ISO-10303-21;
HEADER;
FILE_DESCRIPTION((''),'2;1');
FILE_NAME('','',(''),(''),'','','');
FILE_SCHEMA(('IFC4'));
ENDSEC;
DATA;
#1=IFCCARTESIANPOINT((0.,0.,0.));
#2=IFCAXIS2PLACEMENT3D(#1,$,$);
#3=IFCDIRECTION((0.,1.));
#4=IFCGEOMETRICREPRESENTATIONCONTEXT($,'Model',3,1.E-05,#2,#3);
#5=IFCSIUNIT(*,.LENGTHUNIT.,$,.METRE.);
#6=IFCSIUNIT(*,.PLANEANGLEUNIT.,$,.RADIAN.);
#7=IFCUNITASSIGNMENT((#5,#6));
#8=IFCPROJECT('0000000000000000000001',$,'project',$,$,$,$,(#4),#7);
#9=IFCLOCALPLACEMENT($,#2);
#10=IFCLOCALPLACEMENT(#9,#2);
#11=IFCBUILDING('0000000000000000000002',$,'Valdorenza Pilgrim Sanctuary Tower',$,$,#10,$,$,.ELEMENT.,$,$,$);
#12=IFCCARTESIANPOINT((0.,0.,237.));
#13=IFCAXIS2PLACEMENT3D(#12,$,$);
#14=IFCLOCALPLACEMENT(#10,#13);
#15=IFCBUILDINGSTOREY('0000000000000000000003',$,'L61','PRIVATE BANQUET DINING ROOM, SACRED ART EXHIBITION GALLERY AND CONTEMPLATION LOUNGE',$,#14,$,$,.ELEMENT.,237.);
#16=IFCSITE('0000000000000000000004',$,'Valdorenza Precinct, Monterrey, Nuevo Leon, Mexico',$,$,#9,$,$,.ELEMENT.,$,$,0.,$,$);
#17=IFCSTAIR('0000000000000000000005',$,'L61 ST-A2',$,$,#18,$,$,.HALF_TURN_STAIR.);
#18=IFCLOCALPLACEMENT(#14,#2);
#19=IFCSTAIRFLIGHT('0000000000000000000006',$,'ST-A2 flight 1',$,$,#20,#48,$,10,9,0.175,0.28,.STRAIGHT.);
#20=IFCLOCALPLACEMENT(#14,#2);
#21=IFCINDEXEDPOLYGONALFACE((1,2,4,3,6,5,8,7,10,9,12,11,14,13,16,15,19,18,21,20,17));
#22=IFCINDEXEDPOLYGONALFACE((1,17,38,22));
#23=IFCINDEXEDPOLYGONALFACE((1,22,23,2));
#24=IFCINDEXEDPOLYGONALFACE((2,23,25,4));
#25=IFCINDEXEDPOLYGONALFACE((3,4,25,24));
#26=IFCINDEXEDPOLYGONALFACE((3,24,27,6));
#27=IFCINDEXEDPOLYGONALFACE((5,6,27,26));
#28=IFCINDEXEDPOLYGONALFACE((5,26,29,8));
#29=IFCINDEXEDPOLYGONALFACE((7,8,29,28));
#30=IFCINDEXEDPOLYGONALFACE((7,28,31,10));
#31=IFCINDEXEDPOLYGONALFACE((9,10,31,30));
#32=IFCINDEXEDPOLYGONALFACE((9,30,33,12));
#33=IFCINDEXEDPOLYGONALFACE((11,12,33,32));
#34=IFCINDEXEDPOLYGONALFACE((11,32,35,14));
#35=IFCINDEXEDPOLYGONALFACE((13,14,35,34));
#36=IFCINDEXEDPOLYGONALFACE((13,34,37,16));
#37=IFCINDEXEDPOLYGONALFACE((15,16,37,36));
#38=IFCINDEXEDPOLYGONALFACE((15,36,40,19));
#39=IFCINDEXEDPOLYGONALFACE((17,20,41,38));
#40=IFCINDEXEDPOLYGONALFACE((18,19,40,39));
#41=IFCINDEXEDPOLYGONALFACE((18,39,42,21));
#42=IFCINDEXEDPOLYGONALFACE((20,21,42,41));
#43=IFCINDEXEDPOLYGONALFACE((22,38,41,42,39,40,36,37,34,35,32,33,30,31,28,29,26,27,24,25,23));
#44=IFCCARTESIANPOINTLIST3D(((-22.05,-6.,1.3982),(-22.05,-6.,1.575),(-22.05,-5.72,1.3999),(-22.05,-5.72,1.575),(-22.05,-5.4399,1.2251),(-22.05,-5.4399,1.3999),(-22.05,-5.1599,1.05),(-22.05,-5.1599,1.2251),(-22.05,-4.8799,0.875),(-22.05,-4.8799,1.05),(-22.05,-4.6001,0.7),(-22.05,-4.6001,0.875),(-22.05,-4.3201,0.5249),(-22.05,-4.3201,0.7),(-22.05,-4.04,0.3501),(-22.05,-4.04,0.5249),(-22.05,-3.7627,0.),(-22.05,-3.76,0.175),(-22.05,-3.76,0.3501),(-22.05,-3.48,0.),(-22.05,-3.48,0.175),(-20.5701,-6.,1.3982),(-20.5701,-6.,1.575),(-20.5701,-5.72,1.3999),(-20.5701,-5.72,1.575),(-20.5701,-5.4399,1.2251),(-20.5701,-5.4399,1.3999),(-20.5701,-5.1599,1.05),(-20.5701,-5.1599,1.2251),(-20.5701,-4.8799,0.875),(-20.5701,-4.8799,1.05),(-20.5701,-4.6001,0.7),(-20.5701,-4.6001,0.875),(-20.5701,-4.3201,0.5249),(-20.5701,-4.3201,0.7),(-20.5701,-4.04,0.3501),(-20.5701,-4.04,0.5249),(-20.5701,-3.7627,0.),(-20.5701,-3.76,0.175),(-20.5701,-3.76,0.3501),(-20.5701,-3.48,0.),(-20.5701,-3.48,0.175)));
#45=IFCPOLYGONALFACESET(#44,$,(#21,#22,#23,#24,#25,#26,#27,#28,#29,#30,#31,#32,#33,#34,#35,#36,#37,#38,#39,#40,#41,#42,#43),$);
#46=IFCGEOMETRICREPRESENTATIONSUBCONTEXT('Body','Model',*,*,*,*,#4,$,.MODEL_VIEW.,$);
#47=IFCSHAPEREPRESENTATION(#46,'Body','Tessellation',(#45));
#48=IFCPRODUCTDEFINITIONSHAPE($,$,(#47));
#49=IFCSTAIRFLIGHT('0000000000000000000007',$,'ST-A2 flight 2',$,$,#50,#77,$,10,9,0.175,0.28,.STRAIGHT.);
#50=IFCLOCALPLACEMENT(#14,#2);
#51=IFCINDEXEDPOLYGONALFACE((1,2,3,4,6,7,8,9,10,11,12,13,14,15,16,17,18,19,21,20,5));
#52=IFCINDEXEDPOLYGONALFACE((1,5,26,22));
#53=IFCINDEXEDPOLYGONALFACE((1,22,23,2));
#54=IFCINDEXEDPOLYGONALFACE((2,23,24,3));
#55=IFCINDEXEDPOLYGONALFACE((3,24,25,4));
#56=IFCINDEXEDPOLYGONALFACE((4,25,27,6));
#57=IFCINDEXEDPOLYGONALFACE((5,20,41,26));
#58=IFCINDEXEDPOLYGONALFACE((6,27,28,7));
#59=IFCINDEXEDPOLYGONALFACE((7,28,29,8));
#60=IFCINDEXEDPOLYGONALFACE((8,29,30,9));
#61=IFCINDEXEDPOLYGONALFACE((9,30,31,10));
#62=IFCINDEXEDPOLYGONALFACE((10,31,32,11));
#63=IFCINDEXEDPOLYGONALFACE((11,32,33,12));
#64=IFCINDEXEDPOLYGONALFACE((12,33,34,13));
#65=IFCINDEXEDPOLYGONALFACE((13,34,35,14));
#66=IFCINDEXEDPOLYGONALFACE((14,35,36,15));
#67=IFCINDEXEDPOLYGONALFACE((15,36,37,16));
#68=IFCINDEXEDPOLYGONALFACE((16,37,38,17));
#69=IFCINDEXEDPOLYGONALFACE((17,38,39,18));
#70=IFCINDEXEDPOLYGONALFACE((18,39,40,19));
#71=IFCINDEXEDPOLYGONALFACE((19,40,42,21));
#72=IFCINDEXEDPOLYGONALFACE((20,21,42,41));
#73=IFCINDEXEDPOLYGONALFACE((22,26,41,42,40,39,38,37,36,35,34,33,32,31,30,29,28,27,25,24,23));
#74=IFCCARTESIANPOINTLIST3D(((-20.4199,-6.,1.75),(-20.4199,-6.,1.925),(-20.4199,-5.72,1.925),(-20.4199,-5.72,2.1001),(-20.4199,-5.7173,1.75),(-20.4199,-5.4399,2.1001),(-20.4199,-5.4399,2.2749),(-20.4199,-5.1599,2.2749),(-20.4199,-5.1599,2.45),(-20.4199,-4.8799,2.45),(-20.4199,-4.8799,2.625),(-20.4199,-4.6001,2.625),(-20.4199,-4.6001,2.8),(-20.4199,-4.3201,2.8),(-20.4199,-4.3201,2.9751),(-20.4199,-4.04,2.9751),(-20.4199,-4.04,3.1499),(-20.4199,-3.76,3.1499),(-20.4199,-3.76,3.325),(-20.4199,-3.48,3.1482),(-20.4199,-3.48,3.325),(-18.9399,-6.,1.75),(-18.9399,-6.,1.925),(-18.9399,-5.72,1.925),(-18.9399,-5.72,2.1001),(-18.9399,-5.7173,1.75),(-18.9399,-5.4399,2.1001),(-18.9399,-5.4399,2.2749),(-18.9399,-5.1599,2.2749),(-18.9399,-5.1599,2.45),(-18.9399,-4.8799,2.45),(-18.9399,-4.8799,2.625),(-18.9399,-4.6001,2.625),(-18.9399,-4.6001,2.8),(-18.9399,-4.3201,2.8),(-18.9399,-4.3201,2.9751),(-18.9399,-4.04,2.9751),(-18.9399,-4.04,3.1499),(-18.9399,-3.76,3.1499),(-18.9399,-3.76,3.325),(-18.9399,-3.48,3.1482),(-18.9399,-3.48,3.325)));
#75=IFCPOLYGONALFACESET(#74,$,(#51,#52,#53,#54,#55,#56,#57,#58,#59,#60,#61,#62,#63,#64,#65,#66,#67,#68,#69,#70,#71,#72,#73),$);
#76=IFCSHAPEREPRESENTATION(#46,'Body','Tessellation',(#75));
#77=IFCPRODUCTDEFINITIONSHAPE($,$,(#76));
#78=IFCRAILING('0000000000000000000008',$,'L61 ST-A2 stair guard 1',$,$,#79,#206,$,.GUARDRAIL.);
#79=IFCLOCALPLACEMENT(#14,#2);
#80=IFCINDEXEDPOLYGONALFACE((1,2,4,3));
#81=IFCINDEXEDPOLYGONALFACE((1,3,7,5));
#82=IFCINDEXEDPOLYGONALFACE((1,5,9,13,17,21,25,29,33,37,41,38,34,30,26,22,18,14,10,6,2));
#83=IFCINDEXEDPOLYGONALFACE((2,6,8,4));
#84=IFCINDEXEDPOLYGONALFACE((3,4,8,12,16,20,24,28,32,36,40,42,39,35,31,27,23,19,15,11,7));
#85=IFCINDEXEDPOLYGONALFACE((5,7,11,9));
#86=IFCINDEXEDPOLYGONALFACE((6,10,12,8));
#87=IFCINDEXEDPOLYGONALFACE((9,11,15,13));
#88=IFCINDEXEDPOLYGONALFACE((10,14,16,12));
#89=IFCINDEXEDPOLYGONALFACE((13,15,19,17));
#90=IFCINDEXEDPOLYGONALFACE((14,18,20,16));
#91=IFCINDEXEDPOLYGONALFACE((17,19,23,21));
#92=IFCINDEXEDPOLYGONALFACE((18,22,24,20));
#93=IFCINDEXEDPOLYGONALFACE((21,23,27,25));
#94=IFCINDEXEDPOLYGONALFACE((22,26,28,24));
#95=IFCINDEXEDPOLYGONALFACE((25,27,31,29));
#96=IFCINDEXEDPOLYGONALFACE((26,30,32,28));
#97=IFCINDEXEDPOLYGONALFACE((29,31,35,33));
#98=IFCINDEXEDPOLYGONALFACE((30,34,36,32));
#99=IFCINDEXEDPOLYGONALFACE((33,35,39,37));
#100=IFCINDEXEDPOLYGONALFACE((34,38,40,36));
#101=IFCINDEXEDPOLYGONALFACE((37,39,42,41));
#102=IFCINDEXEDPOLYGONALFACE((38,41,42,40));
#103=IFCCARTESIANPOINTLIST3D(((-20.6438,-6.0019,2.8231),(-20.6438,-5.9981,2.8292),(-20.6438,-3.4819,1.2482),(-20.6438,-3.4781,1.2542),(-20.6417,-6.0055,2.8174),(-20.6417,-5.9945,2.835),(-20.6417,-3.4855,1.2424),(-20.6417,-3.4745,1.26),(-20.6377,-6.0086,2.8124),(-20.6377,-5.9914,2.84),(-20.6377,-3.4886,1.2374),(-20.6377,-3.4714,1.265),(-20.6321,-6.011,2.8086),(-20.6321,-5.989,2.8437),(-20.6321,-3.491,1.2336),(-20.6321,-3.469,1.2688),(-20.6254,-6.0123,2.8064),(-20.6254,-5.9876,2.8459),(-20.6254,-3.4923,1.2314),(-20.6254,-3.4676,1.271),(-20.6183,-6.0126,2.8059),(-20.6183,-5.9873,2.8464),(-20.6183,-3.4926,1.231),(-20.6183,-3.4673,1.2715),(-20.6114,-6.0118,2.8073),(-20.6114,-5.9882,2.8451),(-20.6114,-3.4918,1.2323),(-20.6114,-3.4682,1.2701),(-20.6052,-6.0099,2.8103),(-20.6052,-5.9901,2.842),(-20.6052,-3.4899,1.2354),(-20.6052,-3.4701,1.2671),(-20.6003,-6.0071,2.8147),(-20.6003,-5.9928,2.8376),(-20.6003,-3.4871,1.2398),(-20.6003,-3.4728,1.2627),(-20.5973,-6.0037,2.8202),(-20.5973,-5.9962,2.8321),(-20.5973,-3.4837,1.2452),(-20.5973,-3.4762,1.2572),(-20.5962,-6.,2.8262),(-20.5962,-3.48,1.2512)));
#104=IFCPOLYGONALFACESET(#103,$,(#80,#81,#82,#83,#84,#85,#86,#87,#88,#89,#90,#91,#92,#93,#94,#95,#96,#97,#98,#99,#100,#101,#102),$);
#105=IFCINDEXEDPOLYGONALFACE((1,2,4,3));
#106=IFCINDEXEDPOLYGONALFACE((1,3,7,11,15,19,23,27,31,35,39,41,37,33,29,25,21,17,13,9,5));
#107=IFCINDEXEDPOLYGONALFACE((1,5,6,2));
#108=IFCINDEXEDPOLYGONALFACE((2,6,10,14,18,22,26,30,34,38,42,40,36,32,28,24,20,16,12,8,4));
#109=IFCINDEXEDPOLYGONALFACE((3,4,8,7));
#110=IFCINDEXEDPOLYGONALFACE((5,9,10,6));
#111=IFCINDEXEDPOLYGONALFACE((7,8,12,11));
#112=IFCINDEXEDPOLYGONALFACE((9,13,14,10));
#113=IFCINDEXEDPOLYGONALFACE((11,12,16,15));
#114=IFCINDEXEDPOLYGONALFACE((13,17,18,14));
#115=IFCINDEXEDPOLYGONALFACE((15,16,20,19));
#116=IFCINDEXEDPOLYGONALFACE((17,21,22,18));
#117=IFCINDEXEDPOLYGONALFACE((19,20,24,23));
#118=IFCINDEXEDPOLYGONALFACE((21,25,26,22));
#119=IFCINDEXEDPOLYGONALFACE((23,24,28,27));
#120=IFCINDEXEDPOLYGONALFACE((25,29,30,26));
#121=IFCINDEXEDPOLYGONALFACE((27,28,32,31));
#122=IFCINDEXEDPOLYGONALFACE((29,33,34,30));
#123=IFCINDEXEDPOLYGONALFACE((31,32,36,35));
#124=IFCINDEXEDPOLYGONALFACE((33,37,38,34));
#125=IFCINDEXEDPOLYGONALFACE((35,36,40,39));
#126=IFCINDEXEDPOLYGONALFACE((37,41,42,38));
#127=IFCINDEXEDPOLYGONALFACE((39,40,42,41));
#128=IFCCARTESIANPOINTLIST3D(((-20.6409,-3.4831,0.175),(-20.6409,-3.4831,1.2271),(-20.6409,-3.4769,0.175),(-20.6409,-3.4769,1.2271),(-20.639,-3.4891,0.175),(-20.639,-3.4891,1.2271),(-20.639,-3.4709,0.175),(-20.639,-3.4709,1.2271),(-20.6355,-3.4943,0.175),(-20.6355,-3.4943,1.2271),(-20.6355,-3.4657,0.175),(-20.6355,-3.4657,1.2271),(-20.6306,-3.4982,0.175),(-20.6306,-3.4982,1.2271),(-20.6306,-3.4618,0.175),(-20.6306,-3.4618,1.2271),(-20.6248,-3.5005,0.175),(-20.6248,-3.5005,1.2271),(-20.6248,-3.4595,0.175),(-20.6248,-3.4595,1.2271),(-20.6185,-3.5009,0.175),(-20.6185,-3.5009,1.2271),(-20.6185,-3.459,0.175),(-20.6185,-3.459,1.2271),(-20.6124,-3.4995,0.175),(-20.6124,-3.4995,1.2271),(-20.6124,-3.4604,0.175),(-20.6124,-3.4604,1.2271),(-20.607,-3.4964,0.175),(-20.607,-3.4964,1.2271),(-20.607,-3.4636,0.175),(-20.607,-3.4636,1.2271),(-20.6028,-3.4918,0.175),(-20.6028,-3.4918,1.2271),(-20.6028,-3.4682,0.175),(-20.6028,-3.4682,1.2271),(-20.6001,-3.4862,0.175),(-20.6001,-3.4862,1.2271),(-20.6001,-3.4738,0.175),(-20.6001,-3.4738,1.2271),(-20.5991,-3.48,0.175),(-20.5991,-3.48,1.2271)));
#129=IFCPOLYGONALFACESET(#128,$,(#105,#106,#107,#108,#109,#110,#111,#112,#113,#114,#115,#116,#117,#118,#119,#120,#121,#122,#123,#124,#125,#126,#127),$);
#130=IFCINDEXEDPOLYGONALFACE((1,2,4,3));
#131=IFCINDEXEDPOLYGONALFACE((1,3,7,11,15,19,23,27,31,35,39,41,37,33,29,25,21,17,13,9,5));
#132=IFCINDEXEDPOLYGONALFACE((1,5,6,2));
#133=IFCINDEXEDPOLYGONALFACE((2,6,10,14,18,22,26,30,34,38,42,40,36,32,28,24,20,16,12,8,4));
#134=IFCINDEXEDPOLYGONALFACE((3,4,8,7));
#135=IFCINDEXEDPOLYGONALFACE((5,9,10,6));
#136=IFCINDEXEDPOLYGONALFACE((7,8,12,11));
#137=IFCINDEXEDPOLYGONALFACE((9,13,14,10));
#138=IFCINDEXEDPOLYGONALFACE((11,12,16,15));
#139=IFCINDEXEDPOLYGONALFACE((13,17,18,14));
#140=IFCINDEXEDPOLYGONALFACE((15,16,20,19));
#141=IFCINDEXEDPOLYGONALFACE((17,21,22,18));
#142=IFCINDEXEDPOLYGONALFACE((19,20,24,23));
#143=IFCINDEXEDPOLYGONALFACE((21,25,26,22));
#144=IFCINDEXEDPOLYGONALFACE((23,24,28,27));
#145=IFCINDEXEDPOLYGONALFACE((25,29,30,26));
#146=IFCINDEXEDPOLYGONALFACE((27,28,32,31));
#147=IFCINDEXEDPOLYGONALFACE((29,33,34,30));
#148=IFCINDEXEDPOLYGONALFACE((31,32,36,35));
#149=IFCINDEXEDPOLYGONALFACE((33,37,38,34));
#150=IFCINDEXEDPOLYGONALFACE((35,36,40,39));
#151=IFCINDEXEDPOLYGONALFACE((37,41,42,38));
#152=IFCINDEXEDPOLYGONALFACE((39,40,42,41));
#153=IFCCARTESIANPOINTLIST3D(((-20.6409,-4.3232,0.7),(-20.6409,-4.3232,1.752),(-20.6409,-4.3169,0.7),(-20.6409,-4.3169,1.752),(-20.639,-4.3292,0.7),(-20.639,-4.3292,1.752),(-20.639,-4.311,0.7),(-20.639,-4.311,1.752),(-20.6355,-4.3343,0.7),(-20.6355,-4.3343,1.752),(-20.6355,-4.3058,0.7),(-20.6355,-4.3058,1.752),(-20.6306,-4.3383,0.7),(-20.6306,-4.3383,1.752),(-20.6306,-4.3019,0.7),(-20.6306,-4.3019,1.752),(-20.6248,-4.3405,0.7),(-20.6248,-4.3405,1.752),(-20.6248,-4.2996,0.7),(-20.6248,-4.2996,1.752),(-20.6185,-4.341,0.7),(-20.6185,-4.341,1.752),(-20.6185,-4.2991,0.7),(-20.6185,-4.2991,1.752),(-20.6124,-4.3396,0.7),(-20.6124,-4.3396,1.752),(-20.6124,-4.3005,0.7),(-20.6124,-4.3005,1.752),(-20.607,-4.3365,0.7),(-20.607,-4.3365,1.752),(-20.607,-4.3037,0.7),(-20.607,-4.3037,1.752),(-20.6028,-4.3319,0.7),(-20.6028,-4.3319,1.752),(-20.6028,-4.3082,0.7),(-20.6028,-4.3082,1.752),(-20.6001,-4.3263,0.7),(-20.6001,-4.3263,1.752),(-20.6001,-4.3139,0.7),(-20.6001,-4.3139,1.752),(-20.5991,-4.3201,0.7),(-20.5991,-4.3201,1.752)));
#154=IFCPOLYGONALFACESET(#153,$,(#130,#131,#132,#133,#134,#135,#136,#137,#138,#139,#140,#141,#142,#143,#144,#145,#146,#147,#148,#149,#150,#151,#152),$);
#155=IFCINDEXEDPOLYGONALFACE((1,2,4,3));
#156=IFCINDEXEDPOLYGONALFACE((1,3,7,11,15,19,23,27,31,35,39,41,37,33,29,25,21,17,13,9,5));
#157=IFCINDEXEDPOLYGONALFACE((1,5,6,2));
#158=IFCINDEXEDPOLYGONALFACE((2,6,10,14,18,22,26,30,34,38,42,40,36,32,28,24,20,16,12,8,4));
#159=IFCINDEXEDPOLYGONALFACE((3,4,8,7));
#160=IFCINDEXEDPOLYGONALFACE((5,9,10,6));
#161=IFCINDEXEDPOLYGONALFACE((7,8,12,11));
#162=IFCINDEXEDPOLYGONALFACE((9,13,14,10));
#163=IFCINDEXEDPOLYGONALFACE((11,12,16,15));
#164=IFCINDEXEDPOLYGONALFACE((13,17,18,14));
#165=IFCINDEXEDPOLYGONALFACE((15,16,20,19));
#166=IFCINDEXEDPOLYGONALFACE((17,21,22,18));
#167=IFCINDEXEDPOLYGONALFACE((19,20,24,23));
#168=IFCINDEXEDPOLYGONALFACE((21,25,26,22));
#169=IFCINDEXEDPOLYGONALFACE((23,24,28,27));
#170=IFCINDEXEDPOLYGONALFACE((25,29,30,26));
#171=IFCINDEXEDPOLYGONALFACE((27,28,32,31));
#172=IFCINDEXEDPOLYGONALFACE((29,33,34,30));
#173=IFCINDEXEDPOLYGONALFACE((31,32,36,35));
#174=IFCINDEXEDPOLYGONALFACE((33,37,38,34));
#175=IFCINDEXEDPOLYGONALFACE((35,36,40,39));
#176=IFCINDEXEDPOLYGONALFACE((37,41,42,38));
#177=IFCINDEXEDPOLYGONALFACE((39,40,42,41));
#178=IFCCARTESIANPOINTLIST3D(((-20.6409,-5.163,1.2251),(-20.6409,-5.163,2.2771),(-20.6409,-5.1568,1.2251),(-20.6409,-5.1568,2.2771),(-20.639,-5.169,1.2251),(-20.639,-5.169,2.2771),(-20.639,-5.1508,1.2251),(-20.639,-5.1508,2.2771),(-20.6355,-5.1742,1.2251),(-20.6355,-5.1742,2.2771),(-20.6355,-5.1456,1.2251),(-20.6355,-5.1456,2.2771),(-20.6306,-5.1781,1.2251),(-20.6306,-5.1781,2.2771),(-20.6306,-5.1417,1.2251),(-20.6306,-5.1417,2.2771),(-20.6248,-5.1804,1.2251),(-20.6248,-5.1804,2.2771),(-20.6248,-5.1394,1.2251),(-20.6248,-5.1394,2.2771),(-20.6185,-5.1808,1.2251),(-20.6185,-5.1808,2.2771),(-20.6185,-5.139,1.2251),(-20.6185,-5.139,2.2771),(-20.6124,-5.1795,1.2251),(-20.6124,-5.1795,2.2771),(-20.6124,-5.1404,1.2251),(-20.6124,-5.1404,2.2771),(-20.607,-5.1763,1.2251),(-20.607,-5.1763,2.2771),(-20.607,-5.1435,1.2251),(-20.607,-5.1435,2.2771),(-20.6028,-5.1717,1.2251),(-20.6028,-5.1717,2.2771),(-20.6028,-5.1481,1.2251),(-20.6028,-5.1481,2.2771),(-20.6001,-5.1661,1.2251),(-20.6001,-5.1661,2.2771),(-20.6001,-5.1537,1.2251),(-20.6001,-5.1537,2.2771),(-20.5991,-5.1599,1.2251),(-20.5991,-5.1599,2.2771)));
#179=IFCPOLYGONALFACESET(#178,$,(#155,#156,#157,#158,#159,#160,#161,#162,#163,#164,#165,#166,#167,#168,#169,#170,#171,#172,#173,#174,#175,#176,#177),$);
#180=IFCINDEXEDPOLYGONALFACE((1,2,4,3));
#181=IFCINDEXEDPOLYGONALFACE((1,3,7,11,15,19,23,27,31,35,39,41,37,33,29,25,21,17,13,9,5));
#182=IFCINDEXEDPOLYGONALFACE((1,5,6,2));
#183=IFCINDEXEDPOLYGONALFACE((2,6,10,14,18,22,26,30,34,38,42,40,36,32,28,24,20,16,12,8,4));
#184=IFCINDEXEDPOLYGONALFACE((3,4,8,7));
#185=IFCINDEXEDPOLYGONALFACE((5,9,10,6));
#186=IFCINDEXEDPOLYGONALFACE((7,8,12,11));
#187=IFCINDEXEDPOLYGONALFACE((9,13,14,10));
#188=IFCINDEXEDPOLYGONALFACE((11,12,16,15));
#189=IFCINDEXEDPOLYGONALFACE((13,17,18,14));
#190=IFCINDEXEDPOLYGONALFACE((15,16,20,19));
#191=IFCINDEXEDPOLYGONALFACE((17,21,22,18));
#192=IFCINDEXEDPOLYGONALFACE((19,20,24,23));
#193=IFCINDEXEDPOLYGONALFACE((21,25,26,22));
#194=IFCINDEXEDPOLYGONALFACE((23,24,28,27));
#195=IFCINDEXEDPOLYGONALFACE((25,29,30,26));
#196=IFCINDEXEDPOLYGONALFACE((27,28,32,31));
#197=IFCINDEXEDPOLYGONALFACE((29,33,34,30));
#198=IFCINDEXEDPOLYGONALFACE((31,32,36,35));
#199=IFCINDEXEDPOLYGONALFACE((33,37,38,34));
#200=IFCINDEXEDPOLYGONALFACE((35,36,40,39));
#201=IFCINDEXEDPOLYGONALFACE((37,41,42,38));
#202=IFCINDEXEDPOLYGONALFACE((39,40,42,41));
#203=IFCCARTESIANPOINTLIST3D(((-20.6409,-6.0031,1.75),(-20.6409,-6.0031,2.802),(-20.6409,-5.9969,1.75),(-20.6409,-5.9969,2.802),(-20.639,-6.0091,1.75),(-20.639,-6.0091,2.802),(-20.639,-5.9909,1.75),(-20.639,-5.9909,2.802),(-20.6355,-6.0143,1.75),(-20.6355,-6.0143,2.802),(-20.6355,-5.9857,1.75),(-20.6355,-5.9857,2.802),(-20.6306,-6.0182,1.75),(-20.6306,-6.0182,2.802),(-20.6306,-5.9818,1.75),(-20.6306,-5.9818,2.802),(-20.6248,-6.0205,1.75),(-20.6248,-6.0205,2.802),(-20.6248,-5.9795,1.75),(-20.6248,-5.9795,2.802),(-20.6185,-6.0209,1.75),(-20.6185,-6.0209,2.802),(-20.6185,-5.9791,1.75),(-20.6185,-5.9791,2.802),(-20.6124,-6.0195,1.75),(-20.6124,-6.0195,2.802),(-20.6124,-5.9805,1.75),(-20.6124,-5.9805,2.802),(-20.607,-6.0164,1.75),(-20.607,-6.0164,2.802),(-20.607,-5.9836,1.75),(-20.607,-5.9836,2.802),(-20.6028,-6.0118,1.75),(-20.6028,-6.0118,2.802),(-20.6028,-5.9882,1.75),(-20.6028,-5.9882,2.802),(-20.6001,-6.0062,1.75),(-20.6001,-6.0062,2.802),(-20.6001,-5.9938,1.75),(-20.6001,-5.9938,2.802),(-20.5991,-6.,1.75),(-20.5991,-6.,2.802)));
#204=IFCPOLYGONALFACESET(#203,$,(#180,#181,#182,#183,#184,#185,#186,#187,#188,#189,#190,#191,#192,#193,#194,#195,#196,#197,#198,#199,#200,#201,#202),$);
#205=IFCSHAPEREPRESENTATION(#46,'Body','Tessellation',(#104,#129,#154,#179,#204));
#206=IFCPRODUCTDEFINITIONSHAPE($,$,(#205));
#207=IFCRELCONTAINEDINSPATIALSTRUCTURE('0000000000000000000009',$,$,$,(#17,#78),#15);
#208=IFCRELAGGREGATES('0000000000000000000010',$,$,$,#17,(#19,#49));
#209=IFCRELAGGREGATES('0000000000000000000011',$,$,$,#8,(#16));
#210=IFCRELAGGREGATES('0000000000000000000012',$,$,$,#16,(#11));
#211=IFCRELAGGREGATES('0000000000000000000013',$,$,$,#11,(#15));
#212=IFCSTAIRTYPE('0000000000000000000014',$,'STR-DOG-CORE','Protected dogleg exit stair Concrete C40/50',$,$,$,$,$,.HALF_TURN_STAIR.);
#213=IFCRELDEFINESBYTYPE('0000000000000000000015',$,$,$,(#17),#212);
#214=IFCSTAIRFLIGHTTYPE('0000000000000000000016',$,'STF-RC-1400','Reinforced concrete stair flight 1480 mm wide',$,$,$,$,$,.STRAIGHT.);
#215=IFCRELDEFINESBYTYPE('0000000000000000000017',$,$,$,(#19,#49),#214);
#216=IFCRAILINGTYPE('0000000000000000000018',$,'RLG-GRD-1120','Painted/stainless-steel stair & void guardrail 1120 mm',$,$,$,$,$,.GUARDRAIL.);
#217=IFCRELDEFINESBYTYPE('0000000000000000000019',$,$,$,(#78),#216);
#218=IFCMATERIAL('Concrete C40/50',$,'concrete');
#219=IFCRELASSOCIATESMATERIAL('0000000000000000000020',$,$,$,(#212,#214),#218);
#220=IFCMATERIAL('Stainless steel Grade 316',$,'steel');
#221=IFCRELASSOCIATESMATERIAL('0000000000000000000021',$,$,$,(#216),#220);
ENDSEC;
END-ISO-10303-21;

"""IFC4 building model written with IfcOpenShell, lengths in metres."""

from ifc_helpers import new_model, si_unit, direction, frame, origin, origin_2d, place, context, subcontext, project, spatial, polyline, circle, outline, extrude, material, type_object, element, aggregate, save


model = new_model("IFC4")

# Units and contexts
model_context = context("Model", 3, precision=1e-05, world=origin(), true_north=direction((0.0, 1.0)))
body_context = subcontext(model_context, "Body", "Model", "MODEL_VIEW")
ifc_project = project(units=[si_unit("LENGTHUNIT", "METRE"), si_unit("PLANEANGLEUNIT", "RADIAN")], contexts=[model_context])

# Site, building, storey
site_placement = place(None, origin())
site = spatial("IfcSite", under=ifc_project, at=site_placement, Name="Valdorenza Precinct, Monterrey, Nuevo Leon, Mexico", CompositionType="ELEMENT", RefElevation=0.0)
building_placement = place(site_placement, origin())
building = spatial("IfcBuilding", under=site, at=building_placement, Name="Valdorenza Pilgrim Sanctuary Tower", CompositionType="ELEMENT")
storey_placement = place(building_placement, frame((0.0, 0.0, 237.0)))
storey = spatial("IfcBuildingStorey", under=building, at=storey_placement, Name="L61", Description="PRIVATE BANQUET DINING ROOM, SACRED ART EXHIBITION GALLERY AND CONTEMPLATION LOUNGE", CompositionType="ELEMENT", Elevation=237.0)

# Shared definitions
ifc_material_1 = material(Name="Concrete C40/50", Category="concrete")

# Stair, stair flights
stair_type = type_object("IfcStairType", Name="STR-DOG-CORE", Description="Protected dogleg exit stair Concrete C40/50", PredefinedType="HALF_TURN_STAIR", material=ifc_material_1)
stair_placement = place(storey_placement, origin())
stair = element("IfcStair", 1, at=stair_placement, inside=storey, type_object=stair_type, Name="L61 ST-A2", PredefinedType="HALF_TURN_STAIR")
stair_flight_type = type_object("IfcStairFlightType", Name="STF-RC-1400", Description="Reinforced concrete stair flight 1480 mm wide", PredefinedType="STRAIGHT", material=ifc_material_1)
stair_flight_1_placement = place(storey_placement, frame((-21.3101, -3.48, 0.0), z_axis=(0.0, 0.0, 1.0), x_axis=(0.0, -1.0, 0.0)))
stair_flight_1 = element("IfcStairFlight", 2, at=stair_flight_1_placement, type_object=stair_flight_type, Name="ST-A2 flight 1", NumberOfRisers=10, NumberOfTreads=9, PredefinedType="STRAIGHT", RiserHeight=0.175, TreadLength=0.28, context=body_context, shape_type="SweptSolid", body=[
    extrude(outline(polyline([(0.0, 0.0), (0.0, 0.175), (0.28, 0.175), (0.28, 0.3501), (0.5601, 0.3501), (0.5601, 0.5249), (0.8401, 0.5249), (0.8401, 0.7), (1.1201, 0.7), (1.1201, 0.875), (1.3999, 0.875), (1.3999, 1.05), (1.6799, 1.05), (1.6799, 1.2251), (1.96, 1.2251), (1.96, 1.3999), (2.24, 1.3999), (2.24, 1.575), (2.52, 1.575), (2.52, 1.75), (2.52, 1.3982), (0.2827, 0.0), (0.0, 0.0)])), frame((0.0, 0.74, 0.0), z_axis=(0.0, -1.0, 0.0), x_axis=(1.0, 0.0, 0.0)), (0.0, 0.0, 1.0), 1.48),
])
stair_flight_2_placement = place(storey_placement, frame((-19.6799, -6.0, 1.75), z_axis=(0.0, 0.0, 1.0), x_axis=(0.0, 1.0, 0.0)))
stair_flight_2 = element("IfcStairFlight", 3, at=stair_flight_2_placement, type_object=stair_flight_type, Name="ST-A2 flight 2", NumberOfRisers=10, NumberOfTreads=9, PredefinedType="STRAIGHT", RiserHeight=0.175, TreadLength=0.28, context=body_context, shape_type="SweptSolid", body=[
    extrude(outline(polyline([(0.0, 0.0), (0.0, 0.175), (0.28, 0.175), (0.28, 0.3501), (0.5601, 0.3501), (0.5601, 0.5249), (0.8401, 0.5249), (0.8401, 0.7), (1.1201, 0.7), (1.1201, 0.875), (1.3999, 0.875), (1.3999, 1.05), (1.6799, 1.05), (1.6799, 1.2251), (1.96, 1.2251), (1.96, 1.3999), (2.24, 1.3999), (2.24, 1.575), (2.52, 1.575), (2.52, 1.75), (2.52, 1.3982), (0.2827, 0.0), (0.0, 0.0)])), frame((0.0, 0.74, 0.0), z_axis=(0.0, -1.0, 0.0), x_axis=(1.0, 0.0, 0.0)), (0.0, 0.0, 1.0), 1.48),
])
aggregate(stair, [stair_flight_1, stair_flight_2])

# Railing
ifc_material_2 = material(Name="Stainless steel Grade 316", Category="steel")
railing_type_1 = type_object("IfcRailingType", Name="RLG-GRD-1120", Description="Painted/stainless-steel stair & void guardrail 1120 mm", PredefinedType="GUARDRAIL", material=ifc_material_2)
railing_1_placement = place(storey_placement, frame((-20.6201, -3.48, 0.175)))
element("IfcRailing", 4, at=railing_1_placement, inside=storey, type_object=railing_type_1, Name="L61 ST-A2 stair guard 1", PredefinedType="GUARDRAIL", context=body_context, shape_type="SweptSolid", body=[
    extrude(circle(Radius=0.0239, at=origin_2d()), frame((0.0, 0.0, 1.0762), z_axis=(0.0, -0.848008, 0.529984), x_axis=(1.0, 0.0, 0.0)), (0.0, 0.0, 1.0), 2.9717),
    extrude(circle(Radius=0.021, at=origin_2d()), origin(), (0.0, 0.0, 1.0), 1.052),
    extrude(circle(Radius=0.021, at=origin_2d()), frame((0.0, -0.8401, 0.5249)), (0.0, 0.0, 1.0), 1.052),
    extrude(circle(Radius=0.021, at=origin_2d()), frame((0.0, -1.6799, 1.05)), (0.0, 0.0, 1.0), 1.052),
    extrude(circle(Radius=0.021, at=origin_2d()), frame((0.0, -2.52, 1.575)), (0.0, 0.0, 1.0), 1.052),
])

save(model, "model.ifc")
